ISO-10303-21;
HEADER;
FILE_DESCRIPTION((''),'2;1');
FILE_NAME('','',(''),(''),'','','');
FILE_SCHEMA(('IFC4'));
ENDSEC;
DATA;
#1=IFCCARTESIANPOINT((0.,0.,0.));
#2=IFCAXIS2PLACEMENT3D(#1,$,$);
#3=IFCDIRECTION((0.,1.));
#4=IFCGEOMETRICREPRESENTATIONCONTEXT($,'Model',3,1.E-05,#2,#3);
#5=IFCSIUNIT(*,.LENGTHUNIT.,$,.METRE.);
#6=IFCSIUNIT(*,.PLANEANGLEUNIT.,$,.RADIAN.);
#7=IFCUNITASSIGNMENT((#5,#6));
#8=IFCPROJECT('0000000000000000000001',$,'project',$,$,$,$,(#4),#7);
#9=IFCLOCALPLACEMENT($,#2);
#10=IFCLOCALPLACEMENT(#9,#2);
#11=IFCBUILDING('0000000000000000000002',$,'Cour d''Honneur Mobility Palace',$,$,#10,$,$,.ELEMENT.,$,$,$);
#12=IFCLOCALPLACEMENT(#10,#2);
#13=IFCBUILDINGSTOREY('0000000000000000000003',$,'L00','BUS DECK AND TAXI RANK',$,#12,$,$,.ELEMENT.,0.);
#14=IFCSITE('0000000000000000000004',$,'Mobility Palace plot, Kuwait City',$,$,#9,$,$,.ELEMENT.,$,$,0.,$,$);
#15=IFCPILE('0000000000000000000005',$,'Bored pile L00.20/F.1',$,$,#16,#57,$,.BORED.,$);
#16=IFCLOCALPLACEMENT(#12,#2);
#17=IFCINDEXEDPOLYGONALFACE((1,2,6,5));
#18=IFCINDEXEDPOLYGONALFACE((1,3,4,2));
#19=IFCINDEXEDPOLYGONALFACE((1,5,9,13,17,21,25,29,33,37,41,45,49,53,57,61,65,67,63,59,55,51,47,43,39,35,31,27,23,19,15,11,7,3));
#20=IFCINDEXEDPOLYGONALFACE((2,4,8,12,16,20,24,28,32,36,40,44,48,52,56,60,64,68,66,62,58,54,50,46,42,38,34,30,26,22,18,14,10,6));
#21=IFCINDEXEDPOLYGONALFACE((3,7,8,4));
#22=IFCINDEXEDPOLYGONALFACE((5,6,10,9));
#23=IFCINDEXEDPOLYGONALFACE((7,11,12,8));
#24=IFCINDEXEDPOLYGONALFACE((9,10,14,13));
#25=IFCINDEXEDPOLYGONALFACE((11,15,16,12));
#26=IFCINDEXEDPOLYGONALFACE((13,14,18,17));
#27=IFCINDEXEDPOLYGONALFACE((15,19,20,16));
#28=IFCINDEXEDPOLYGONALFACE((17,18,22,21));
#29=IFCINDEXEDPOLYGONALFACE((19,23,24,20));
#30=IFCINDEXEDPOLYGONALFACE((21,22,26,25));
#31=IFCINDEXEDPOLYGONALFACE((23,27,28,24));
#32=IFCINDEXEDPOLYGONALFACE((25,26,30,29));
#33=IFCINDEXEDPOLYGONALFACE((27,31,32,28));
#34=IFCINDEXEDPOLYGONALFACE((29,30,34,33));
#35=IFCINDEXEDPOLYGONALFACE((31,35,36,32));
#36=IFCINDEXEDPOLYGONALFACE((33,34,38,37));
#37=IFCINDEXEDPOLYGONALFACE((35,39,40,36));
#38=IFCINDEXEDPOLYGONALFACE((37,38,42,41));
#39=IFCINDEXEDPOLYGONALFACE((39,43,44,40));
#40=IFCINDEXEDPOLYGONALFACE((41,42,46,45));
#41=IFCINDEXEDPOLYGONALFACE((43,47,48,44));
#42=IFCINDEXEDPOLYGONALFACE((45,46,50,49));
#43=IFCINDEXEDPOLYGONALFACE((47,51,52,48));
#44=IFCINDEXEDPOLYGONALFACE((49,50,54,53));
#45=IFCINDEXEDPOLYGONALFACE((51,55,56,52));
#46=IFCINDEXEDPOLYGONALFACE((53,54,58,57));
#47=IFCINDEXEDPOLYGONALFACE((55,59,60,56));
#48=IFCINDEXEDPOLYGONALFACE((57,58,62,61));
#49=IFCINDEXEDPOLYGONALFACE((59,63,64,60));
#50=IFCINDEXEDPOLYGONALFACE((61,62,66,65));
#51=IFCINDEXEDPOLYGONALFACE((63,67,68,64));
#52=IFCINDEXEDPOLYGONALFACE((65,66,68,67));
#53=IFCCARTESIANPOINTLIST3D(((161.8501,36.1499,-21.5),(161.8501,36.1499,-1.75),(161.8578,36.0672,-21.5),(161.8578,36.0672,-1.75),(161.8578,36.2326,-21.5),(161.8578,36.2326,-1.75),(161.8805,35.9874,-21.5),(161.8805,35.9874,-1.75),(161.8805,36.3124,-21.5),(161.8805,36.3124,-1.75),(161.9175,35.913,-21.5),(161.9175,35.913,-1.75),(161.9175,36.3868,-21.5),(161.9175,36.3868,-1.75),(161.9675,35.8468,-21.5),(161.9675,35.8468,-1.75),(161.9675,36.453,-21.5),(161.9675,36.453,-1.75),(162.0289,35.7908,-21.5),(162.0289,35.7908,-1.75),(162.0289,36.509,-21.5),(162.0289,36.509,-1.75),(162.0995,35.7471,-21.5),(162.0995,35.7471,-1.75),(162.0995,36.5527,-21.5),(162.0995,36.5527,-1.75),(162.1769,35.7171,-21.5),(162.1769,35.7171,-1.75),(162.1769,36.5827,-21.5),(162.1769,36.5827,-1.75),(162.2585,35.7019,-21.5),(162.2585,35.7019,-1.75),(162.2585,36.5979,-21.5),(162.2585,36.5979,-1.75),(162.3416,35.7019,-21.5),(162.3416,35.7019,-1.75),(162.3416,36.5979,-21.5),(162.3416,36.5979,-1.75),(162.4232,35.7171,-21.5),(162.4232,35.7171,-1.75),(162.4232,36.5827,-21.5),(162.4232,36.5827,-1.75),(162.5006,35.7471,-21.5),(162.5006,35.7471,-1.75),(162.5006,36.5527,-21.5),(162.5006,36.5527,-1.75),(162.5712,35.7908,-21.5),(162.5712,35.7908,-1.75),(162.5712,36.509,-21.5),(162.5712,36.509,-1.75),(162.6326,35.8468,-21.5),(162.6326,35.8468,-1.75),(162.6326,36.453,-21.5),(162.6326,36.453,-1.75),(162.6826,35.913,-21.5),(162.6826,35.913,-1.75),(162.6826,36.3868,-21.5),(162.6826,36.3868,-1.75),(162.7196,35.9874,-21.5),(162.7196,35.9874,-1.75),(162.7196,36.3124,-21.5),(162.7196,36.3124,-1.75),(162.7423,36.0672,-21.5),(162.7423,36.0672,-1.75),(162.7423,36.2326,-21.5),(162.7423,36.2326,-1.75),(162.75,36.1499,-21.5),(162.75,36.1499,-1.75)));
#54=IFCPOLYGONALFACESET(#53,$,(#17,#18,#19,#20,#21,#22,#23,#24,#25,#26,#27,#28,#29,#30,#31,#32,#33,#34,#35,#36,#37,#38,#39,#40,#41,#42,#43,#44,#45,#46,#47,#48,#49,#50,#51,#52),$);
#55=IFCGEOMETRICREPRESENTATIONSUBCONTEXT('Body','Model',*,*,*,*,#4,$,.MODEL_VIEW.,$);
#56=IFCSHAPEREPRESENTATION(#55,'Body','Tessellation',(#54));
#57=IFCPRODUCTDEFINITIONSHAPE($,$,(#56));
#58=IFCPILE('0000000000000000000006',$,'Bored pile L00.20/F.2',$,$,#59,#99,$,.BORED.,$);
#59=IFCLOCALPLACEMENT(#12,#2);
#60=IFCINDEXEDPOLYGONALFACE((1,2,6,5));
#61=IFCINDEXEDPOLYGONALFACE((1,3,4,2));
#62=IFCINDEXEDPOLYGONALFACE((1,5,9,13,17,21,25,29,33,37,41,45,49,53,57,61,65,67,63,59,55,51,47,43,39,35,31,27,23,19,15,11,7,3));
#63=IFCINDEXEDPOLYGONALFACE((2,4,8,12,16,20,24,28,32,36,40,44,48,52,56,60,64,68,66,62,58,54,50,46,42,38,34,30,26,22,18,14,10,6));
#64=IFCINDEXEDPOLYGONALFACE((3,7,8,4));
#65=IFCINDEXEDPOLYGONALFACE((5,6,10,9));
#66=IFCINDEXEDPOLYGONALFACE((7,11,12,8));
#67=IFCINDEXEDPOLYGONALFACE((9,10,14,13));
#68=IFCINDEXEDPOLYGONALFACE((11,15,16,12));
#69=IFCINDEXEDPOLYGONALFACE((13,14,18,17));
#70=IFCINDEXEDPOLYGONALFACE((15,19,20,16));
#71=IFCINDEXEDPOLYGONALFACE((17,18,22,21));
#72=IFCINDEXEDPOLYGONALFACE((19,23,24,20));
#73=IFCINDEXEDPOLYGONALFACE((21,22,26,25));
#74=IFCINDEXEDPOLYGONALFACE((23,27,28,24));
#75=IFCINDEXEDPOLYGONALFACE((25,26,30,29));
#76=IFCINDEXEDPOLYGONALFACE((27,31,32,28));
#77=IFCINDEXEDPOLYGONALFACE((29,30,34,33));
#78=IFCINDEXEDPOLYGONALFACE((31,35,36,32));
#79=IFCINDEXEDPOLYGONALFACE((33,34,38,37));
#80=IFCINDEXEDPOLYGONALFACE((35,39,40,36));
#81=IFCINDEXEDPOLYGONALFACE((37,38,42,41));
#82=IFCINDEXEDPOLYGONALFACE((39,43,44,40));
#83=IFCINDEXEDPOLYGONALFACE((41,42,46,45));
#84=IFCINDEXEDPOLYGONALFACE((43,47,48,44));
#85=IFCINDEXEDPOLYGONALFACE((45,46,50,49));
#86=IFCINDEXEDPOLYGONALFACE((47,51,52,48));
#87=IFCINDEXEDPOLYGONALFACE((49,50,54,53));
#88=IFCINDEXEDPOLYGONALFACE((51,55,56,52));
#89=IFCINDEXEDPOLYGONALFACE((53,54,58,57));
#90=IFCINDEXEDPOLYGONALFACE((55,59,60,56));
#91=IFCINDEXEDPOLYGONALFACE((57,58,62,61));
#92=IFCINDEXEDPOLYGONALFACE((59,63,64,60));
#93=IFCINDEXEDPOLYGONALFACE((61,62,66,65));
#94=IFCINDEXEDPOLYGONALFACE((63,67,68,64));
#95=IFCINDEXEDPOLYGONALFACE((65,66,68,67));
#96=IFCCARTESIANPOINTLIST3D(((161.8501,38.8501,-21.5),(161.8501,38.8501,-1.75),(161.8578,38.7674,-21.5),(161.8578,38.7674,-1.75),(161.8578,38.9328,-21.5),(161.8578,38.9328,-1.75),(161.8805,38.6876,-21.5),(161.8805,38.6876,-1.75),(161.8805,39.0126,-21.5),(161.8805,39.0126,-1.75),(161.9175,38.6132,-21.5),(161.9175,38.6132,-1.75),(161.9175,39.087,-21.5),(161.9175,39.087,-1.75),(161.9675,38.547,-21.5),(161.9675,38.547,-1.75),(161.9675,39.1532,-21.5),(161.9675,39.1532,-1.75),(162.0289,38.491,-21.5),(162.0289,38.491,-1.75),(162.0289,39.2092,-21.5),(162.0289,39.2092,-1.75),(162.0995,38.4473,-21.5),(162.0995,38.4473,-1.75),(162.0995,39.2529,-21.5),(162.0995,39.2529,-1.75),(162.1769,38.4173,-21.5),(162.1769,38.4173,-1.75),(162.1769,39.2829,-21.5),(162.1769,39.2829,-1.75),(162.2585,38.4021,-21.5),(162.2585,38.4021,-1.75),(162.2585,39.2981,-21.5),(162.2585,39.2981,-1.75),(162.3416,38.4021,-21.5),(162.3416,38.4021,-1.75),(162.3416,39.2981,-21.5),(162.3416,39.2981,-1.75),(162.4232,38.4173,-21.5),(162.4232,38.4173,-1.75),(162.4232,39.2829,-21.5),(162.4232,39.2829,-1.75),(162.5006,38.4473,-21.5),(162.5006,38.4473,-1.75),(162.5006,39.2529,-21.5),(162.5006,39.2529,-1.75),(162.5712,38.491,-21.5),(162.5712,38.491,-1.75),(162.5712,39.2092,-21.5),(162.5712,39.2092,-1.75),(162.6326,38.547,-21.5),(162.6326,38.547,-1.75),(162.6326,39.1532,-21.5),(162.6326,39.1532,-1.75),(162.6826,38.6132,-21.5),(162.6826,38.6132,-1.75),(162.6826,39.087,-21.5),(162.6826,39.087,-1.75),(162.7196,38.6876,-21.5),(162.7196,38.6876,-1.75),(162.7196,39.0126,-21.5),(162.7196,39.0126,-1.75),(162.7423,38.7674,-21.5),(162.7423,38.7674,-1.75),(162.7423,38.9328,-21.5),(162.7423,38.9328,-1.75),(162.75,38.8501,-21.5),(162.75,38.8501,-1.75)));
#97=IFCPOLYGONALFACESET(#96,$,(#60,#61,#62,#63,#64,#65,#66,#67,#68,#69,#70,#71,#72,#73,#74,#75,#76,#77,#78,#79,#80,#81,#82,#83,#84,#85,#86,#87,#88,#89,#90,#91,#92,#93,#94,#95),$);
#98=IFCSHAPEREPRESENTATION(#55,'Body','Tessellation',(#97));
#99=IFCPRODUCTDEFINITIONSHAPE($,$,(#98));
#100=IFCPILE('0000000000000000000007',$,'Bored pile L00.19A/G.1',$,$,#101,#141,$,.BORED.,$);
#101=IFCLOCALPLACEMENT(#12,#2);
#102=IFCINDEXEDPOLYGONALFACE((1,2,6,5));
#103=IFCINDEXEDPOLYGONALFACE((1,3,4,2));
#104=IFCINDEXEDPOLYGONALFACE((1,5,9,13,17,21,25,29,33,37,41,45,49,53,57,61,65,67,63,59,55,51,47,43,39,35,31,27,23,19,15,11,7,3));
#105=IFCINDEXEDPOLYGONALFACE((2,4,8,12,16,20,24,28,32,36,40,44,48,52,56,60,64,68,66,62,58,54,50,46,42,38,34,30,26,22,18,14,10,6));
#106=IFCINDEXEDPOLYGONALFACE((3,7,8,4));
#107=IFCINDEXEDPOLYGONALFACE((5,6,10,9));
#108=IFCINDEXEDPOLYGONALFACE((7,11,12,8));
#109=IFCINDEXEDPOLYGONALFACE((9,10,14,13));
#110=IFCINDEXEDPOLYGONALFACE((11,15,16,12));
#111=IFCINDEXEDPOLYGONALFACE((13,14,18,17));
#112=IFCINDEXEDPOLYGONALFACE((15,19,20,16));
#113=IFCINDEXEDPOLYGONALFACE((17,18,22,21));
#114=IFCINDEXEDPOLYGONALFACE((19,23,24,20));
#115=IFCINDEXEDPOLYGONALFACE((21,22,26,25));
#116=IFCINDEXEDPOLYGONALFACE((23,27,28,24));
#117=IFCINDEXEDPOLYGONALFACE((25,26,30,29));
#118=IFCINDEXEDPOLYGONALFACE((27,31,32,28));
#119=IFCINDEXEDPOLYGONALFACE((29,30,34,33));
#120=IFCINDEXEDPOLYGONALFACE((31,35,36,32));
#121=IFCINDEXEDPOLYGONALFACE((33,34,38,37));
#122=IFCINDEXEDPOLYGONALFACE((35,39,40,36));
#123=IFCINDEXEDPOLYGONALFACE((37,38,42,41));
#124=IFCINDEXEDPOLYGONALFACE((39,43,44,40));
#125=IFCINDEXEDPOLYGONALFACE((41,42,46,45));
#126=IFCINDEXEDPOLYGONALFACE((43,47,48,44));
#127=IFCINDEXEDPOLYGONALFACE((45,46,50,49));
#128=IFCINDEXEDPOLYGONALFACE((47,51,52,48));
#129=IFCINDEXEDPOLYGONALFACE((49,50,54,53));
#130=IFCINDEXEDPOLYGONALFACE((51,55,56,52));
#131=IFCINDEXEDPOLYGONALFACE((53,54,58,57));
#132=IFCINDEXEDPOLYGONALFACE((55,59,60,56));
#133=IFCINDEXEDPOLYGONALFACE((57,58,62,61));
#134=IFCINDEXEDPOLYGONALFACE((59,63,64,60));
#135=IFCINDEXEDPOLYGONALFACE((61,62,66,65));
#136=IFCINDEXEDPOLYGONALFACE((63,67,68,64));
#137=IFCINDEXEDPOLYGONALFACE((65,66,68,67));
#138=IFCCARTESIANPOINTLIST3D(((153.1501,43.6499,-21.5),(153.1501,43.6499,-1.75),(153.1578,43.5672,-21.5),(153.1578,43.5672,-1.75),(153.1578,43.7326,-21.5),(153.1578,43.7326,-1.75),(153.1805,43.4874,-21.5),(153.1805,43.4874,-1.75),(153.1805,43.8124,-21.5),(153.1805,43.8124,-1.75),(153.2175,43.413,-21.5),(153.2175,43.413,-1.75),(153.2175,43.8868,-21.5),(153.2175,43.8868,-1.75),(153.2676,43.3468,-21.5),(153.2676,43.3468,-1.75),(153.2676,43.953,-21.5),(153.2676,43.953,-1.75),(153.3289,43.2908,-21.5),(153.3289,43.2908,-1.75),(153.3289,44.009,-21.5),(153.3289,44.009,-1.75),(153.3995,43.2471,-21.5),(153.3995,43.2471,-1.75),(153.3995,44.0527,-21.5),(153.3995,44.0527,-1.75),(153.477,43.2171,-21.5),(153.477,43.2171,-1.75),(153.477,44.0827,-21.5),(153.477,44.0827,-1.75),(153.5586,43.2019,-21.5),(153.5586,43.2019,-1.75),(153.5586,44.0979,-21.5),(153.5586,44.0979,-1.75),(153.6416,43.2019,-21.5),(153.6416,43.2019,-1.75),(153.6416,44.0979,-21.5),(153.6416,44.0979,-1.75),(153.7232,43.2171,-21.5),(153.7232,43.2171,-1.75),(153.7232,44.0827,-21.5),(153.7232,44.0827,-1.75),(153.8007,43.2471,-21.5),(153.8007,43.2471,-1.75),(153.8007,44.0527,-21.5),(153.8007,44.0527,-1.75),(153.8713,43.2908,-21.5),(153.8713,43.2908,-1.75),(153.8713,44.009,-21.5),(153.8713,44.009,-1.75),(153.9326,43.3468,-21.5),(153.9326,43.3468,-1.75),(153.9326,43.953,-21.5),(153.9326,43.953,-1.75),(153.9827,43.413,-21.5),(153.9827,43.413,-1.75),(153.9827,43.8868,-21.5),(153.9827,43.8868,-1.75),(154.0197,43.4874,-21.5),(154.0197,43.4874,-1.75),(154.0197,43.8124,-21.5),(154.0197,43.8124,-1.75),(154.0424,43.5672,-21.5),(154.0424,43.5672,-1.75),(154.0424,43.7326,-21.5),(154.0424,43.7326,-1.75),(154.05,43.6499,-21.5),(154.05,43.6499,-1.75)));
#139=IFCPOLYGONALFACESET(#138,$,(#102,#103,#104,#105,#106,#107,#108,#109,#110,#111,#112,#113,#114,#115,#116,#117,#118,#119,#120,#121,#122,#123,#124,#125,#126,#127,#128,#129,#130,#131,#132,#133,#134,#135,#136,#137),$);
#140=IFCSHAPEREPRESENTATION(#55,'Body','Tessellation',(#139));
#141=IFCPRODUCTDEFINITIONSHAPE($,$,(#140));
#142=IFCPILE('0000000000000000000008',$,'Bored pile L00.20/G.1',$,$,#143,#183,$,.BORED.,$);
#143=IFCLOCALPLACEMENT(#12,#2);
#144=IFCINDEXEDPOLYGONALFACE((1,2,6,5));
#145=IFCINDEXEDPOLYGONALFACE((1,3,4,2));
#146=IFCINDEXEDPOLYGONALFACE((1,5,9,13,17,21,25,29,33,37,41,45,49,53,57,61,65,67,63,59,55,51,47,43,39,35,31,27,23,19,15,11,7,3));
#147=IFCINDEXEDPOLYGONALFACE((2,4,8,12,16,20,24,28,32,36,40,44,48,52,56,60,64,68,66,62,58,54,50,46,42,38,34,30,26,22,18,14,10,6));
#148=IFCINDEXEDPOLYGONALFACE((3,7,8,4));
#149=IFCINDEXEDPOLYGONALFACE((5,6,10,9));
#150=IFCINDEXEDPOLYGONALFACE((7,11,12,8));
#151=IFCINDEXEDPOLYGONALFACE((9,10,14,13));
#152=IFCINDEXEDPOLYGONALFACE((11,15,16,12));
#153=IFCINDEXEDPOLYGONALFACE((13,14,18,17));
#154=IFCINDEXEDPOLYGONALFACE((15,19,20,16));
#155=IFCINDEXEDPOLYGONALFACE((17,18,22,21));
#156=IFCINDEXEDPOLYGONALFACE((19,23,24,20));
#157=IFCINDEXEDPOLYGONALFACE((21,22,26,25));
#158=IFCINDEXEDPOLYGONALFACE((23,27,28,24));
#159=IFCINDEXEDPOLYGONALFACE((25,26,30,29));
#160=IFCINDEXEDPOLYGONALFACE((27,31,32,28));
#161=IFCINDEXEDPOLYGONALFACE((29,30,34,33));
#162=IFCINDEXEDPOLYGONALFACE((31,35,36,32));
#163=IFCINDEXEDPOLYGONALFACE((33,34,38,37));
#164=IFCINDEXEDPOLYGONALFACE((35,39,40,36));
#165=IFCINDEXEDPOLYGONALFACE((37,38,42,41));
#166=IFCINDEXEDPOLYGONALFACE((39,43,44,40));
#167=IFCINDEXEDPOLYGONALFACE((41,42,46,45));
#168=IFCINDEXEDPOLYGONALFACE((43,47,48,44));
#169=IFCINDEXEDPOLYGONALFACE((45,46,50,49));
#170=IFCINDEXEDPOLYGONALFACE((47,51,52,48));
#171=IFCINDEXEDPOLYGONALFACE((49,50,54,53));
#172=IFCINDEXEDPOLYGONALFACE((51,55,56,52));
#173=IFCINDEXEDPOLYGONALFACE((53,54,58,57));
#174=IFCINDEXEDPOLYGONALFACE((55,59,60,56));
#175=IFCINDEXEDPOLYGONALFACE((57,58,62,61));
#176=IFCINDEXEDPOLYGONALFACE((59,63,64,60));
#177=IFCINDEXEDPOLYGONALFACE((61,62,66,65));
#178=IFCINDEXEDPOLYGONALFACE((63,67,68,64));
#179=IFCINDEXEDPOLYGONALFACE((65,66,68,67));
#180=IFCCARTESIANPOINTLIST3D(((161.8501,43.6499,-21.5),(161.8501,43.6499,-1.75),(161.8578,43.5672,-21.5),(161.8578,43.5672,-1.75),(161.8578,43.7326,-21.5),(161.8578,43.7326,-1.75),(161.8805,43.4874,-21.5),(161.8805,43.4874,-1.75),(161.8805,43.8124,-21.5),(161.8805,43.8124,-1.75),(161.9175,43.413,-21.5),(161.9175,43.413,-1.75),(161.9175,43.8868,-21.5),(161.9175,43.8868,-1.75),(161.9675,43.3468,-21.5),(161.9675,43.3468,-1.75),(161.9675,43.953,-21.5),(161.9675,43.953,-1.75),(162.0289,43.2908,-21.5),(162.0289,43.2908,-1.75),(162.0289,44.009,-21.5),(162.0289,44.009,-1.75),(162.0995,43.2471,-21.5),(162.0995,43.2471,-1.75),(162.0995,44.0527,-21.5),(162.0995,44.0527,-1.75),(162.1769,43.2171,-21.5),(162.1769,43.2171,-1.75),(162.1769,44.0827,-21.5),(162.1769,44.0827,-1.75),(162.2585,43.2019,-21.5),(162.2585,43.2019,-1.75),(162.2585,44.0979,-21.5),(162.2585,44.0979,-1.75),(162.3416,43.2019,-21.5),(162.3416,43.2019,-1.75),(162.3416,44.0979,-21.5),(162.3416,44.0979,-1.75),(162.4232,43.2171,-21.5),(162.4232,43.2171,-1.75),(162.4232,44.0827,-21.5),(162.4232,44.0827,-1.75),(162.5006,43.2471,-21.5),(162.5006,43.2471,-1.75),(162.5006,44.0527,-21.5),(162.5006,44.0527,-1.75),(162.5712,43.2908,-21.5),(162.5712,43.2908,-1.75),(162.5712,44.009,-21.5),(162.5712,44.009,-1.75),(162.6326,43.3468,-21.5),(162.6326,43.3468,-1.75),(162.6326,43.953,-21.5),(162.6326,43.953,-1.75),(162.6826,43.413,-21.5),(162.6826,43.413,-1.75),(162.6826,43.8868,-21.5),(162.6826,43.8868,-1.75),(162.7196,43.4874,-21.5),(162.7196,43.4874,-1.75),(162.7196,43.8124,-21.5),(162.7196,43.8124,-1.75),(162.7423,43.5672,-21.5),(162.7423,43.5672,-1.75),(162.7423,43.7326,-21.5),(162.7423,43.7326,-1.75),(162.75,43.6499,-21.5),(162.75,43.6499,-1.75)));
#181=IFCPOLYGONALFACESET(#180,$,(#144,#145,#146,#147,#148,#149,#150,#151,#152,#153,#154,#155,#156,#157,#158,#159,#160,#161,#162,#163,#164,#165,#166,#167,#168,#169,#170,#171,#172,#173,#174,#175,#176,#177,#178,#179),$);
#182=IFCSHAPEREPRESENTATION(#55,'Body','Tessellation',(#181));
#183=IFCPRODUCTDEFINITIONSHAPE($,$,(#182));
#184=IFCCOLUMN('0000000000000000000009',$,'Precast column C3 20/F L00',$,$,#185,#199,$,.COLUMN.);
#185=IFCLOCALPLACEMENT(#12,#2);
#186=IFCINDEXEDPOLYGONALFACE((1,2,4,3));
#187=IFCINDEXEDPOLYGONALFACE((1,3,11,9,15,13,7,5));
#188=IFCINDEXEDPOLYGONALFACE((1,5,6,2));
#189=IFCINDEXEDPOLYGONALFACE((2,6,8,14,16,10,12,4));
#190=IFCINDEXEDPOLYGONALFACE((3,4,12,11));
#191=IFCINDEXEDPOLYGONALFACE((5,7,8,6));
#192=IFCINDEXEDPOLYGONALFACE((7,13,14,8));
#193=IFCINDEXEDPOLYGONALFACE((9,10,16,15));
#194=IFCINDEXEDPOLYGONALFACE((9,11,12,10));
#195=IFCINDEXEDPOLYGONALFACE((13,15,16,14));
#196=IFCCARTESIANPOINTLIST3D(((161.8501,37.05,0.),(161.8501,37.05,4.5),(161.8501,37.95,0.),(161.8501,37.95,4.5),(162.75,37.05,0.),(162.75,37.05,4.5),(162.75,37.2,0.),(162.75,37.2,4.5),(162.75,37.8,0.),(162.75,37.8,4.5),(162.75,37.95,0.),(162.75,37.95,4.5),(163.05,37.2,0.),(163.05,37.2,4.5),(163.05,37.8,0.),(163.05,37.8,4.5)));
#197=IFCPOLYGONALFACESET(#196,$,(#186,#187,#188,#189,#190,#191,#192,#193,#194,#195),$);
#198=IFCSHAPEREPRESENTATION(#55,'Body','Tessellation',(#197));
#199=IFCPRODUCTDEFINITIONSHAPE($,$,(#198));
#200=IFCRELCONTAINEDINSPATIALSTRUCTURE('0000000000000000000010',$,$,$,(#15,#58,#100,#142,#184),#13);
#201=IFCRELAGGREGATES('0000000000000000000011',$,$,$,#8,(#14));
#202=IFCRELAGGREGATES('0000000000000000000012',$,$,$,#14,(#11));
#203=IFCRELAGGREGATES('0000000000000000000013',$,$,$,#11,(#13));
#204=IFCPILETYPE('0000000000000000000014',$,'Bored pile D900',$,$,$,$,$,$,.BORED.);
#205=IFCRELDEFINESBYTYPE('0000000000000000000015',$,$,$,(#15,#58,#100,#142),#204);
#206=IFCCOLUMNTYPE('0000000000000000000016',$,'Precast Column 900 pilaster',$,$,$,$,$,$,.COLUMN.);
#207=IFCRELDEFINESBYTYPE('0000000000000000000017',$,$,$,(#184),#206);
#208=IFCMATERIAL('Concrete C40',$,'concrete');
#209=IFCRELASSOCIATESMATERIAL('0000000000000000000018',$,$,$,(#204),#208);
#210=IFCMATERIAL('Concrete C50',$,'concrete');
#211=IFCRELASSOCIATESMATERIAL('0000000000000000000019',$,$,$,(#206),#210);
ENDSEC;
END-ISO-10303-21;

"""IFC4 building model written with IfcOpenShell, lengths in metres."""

from ifc_helpers import new_model, si_unit, direction, frame, origin, origin_2d, place, context, subcontext, project, spatial, polyline, circle, outline, extrude, material, material_profile, profile_set, type_object, element, save


model = new_model("IFC4")

# Units and contexts
model_context = context("Model", 3, precision=1e-05, world=origin(), true_north=direction((0.0, 1.0)))
body_context = subcontext(model_context, "Body", "Model", "MODEL_VIEW")
ifc_project = project(units=[si_unit("LENGTHUNIT", "METRE"), si_unit("PLANEANGLEUNIT", "RADIAN")], contexts=[model_context])

# Site, building, storey
site_placement = place(None, origin())
site = spatial("IfcSite", under=ifc_project, at=site_placement, Name="Mobility Palace plot, Kuwait City", CompositionType="ELEMENT", RefElevation=0.0)
building_placement = place(site_placement, origin())
building = spatial("IfcBuilding", under=site, at=building_placement, Name="Cour d'Honneur Mobility Palace", CompositionType="ELEMENT")
storey_placement = place(building_placement, origin())
storey = spatial("IfcBuildingStorey", under=building, at=storey_placement, Name="L00", Description="BUS DECK AND TAXI RANK", CompositionType="ELEMENT", Elevation=0.0)

# Piles
ifc_material_1 = material(Name="Concrete C40", Category="concrete")
ifc_material_profile_1 = material_profile(ifc_material_1, circle(Radius=0.45, at=origin_2d()), Name="Bored pile D900")
ifc_profile_set_1 = profile_set([ifc_material_profile_1], Name="Concrete C40")
pile_type = type_object("IfcPileType", Name="Bored pile D900", PredefinedType="BORED", material=ifc_profile_set_1)
for number, where, z_axis, x_axis, name in (
    (1, (162.3, 36.1499, -1.75), (0.0, 0.0, -1.0), (1.0, 0.0, 0.0), "Bored pile L00.20/F.1"),
    (2, (162.3, 38.8501, -1.75), (0.0, 0.0, -1.0), (1.0, 0.0, 0.0), "Bored pile L00.20/F.2"),
    (3, (153.6001, 43.6499, -1.75), (0.0, 0.0, -1.0), (1.0, 0.0, 0.0), "Bored pile L00.19A/G.1"),
    (4, (162.3, 43.6499, -1.75), (0.0, 0.0, -1.0), (1.0, 0.0, 0.0), "Bored pile L00.20/G.1"),
):
    element("IfcPile", number, at=place(storey_placement, frame(where, z_axis=z_axis, x_axis=x_axis)), inside=storey, type_object=pile_type, Name=name, PredefinedType="BORED", context=body_context, shape_type="SweptSolid", body=[
        extrude(circle(Radius=0.45, at=origin_2d()), origin(), (0.0, 0.0, 1.0), 19.75),
    ])

# Column
ifc_material_2 = material(Name="Concrete C50", Category="concrete")
ifc_material_profile_2 = material_profile(ifc_material_2, outline(polyline([(-0.45, -0.45), (0.45, -0.45), (0.45, -0.3), (0.75, -0.3), (0.75, 0.3), (0.45, 0.3), (0.45, 0.45), (-0.45, 0.45), (-0.45, -0.45)])), Name="PC C900 pilaster")
ifc_profile_set_2 = profile_set([ifc_material_profile_2], Name="Concrete C50")
column_type_1 = type_object("IfcColumnType", Name="Precast Column 900 pilaster", PredefinedType="COLUMN", material=ifc_profile_set_2)
column_1_placement = place(storey_placement, frame((162.3, 37.5, 0.0), z_axis=(0.0, 0.0, 1.0), x_axis=(1.0, 0.0, 0.0)))
element("IfcColumn", 5, at=column_1_placement, inside=storey, type_object=column_type_1, Name="Precast column C3 20/F L00", PredefinedType="COLUMN", context=body_context, shape_type="SweptSolid", body=[
    extrude(outline(polyline([(-0.45, -0.45), (0.45, -0.45), (0.45, -0.3), (0.75, -0.3), (0.75, 0.3), (0.45, 0.3), (0.45, 0.45), (-0.45, 0.45), (-0.45, -0.45)])), origin(), (0.0, 0.0, 1.0), 4.5),
])

save(model, "model.ifc")
